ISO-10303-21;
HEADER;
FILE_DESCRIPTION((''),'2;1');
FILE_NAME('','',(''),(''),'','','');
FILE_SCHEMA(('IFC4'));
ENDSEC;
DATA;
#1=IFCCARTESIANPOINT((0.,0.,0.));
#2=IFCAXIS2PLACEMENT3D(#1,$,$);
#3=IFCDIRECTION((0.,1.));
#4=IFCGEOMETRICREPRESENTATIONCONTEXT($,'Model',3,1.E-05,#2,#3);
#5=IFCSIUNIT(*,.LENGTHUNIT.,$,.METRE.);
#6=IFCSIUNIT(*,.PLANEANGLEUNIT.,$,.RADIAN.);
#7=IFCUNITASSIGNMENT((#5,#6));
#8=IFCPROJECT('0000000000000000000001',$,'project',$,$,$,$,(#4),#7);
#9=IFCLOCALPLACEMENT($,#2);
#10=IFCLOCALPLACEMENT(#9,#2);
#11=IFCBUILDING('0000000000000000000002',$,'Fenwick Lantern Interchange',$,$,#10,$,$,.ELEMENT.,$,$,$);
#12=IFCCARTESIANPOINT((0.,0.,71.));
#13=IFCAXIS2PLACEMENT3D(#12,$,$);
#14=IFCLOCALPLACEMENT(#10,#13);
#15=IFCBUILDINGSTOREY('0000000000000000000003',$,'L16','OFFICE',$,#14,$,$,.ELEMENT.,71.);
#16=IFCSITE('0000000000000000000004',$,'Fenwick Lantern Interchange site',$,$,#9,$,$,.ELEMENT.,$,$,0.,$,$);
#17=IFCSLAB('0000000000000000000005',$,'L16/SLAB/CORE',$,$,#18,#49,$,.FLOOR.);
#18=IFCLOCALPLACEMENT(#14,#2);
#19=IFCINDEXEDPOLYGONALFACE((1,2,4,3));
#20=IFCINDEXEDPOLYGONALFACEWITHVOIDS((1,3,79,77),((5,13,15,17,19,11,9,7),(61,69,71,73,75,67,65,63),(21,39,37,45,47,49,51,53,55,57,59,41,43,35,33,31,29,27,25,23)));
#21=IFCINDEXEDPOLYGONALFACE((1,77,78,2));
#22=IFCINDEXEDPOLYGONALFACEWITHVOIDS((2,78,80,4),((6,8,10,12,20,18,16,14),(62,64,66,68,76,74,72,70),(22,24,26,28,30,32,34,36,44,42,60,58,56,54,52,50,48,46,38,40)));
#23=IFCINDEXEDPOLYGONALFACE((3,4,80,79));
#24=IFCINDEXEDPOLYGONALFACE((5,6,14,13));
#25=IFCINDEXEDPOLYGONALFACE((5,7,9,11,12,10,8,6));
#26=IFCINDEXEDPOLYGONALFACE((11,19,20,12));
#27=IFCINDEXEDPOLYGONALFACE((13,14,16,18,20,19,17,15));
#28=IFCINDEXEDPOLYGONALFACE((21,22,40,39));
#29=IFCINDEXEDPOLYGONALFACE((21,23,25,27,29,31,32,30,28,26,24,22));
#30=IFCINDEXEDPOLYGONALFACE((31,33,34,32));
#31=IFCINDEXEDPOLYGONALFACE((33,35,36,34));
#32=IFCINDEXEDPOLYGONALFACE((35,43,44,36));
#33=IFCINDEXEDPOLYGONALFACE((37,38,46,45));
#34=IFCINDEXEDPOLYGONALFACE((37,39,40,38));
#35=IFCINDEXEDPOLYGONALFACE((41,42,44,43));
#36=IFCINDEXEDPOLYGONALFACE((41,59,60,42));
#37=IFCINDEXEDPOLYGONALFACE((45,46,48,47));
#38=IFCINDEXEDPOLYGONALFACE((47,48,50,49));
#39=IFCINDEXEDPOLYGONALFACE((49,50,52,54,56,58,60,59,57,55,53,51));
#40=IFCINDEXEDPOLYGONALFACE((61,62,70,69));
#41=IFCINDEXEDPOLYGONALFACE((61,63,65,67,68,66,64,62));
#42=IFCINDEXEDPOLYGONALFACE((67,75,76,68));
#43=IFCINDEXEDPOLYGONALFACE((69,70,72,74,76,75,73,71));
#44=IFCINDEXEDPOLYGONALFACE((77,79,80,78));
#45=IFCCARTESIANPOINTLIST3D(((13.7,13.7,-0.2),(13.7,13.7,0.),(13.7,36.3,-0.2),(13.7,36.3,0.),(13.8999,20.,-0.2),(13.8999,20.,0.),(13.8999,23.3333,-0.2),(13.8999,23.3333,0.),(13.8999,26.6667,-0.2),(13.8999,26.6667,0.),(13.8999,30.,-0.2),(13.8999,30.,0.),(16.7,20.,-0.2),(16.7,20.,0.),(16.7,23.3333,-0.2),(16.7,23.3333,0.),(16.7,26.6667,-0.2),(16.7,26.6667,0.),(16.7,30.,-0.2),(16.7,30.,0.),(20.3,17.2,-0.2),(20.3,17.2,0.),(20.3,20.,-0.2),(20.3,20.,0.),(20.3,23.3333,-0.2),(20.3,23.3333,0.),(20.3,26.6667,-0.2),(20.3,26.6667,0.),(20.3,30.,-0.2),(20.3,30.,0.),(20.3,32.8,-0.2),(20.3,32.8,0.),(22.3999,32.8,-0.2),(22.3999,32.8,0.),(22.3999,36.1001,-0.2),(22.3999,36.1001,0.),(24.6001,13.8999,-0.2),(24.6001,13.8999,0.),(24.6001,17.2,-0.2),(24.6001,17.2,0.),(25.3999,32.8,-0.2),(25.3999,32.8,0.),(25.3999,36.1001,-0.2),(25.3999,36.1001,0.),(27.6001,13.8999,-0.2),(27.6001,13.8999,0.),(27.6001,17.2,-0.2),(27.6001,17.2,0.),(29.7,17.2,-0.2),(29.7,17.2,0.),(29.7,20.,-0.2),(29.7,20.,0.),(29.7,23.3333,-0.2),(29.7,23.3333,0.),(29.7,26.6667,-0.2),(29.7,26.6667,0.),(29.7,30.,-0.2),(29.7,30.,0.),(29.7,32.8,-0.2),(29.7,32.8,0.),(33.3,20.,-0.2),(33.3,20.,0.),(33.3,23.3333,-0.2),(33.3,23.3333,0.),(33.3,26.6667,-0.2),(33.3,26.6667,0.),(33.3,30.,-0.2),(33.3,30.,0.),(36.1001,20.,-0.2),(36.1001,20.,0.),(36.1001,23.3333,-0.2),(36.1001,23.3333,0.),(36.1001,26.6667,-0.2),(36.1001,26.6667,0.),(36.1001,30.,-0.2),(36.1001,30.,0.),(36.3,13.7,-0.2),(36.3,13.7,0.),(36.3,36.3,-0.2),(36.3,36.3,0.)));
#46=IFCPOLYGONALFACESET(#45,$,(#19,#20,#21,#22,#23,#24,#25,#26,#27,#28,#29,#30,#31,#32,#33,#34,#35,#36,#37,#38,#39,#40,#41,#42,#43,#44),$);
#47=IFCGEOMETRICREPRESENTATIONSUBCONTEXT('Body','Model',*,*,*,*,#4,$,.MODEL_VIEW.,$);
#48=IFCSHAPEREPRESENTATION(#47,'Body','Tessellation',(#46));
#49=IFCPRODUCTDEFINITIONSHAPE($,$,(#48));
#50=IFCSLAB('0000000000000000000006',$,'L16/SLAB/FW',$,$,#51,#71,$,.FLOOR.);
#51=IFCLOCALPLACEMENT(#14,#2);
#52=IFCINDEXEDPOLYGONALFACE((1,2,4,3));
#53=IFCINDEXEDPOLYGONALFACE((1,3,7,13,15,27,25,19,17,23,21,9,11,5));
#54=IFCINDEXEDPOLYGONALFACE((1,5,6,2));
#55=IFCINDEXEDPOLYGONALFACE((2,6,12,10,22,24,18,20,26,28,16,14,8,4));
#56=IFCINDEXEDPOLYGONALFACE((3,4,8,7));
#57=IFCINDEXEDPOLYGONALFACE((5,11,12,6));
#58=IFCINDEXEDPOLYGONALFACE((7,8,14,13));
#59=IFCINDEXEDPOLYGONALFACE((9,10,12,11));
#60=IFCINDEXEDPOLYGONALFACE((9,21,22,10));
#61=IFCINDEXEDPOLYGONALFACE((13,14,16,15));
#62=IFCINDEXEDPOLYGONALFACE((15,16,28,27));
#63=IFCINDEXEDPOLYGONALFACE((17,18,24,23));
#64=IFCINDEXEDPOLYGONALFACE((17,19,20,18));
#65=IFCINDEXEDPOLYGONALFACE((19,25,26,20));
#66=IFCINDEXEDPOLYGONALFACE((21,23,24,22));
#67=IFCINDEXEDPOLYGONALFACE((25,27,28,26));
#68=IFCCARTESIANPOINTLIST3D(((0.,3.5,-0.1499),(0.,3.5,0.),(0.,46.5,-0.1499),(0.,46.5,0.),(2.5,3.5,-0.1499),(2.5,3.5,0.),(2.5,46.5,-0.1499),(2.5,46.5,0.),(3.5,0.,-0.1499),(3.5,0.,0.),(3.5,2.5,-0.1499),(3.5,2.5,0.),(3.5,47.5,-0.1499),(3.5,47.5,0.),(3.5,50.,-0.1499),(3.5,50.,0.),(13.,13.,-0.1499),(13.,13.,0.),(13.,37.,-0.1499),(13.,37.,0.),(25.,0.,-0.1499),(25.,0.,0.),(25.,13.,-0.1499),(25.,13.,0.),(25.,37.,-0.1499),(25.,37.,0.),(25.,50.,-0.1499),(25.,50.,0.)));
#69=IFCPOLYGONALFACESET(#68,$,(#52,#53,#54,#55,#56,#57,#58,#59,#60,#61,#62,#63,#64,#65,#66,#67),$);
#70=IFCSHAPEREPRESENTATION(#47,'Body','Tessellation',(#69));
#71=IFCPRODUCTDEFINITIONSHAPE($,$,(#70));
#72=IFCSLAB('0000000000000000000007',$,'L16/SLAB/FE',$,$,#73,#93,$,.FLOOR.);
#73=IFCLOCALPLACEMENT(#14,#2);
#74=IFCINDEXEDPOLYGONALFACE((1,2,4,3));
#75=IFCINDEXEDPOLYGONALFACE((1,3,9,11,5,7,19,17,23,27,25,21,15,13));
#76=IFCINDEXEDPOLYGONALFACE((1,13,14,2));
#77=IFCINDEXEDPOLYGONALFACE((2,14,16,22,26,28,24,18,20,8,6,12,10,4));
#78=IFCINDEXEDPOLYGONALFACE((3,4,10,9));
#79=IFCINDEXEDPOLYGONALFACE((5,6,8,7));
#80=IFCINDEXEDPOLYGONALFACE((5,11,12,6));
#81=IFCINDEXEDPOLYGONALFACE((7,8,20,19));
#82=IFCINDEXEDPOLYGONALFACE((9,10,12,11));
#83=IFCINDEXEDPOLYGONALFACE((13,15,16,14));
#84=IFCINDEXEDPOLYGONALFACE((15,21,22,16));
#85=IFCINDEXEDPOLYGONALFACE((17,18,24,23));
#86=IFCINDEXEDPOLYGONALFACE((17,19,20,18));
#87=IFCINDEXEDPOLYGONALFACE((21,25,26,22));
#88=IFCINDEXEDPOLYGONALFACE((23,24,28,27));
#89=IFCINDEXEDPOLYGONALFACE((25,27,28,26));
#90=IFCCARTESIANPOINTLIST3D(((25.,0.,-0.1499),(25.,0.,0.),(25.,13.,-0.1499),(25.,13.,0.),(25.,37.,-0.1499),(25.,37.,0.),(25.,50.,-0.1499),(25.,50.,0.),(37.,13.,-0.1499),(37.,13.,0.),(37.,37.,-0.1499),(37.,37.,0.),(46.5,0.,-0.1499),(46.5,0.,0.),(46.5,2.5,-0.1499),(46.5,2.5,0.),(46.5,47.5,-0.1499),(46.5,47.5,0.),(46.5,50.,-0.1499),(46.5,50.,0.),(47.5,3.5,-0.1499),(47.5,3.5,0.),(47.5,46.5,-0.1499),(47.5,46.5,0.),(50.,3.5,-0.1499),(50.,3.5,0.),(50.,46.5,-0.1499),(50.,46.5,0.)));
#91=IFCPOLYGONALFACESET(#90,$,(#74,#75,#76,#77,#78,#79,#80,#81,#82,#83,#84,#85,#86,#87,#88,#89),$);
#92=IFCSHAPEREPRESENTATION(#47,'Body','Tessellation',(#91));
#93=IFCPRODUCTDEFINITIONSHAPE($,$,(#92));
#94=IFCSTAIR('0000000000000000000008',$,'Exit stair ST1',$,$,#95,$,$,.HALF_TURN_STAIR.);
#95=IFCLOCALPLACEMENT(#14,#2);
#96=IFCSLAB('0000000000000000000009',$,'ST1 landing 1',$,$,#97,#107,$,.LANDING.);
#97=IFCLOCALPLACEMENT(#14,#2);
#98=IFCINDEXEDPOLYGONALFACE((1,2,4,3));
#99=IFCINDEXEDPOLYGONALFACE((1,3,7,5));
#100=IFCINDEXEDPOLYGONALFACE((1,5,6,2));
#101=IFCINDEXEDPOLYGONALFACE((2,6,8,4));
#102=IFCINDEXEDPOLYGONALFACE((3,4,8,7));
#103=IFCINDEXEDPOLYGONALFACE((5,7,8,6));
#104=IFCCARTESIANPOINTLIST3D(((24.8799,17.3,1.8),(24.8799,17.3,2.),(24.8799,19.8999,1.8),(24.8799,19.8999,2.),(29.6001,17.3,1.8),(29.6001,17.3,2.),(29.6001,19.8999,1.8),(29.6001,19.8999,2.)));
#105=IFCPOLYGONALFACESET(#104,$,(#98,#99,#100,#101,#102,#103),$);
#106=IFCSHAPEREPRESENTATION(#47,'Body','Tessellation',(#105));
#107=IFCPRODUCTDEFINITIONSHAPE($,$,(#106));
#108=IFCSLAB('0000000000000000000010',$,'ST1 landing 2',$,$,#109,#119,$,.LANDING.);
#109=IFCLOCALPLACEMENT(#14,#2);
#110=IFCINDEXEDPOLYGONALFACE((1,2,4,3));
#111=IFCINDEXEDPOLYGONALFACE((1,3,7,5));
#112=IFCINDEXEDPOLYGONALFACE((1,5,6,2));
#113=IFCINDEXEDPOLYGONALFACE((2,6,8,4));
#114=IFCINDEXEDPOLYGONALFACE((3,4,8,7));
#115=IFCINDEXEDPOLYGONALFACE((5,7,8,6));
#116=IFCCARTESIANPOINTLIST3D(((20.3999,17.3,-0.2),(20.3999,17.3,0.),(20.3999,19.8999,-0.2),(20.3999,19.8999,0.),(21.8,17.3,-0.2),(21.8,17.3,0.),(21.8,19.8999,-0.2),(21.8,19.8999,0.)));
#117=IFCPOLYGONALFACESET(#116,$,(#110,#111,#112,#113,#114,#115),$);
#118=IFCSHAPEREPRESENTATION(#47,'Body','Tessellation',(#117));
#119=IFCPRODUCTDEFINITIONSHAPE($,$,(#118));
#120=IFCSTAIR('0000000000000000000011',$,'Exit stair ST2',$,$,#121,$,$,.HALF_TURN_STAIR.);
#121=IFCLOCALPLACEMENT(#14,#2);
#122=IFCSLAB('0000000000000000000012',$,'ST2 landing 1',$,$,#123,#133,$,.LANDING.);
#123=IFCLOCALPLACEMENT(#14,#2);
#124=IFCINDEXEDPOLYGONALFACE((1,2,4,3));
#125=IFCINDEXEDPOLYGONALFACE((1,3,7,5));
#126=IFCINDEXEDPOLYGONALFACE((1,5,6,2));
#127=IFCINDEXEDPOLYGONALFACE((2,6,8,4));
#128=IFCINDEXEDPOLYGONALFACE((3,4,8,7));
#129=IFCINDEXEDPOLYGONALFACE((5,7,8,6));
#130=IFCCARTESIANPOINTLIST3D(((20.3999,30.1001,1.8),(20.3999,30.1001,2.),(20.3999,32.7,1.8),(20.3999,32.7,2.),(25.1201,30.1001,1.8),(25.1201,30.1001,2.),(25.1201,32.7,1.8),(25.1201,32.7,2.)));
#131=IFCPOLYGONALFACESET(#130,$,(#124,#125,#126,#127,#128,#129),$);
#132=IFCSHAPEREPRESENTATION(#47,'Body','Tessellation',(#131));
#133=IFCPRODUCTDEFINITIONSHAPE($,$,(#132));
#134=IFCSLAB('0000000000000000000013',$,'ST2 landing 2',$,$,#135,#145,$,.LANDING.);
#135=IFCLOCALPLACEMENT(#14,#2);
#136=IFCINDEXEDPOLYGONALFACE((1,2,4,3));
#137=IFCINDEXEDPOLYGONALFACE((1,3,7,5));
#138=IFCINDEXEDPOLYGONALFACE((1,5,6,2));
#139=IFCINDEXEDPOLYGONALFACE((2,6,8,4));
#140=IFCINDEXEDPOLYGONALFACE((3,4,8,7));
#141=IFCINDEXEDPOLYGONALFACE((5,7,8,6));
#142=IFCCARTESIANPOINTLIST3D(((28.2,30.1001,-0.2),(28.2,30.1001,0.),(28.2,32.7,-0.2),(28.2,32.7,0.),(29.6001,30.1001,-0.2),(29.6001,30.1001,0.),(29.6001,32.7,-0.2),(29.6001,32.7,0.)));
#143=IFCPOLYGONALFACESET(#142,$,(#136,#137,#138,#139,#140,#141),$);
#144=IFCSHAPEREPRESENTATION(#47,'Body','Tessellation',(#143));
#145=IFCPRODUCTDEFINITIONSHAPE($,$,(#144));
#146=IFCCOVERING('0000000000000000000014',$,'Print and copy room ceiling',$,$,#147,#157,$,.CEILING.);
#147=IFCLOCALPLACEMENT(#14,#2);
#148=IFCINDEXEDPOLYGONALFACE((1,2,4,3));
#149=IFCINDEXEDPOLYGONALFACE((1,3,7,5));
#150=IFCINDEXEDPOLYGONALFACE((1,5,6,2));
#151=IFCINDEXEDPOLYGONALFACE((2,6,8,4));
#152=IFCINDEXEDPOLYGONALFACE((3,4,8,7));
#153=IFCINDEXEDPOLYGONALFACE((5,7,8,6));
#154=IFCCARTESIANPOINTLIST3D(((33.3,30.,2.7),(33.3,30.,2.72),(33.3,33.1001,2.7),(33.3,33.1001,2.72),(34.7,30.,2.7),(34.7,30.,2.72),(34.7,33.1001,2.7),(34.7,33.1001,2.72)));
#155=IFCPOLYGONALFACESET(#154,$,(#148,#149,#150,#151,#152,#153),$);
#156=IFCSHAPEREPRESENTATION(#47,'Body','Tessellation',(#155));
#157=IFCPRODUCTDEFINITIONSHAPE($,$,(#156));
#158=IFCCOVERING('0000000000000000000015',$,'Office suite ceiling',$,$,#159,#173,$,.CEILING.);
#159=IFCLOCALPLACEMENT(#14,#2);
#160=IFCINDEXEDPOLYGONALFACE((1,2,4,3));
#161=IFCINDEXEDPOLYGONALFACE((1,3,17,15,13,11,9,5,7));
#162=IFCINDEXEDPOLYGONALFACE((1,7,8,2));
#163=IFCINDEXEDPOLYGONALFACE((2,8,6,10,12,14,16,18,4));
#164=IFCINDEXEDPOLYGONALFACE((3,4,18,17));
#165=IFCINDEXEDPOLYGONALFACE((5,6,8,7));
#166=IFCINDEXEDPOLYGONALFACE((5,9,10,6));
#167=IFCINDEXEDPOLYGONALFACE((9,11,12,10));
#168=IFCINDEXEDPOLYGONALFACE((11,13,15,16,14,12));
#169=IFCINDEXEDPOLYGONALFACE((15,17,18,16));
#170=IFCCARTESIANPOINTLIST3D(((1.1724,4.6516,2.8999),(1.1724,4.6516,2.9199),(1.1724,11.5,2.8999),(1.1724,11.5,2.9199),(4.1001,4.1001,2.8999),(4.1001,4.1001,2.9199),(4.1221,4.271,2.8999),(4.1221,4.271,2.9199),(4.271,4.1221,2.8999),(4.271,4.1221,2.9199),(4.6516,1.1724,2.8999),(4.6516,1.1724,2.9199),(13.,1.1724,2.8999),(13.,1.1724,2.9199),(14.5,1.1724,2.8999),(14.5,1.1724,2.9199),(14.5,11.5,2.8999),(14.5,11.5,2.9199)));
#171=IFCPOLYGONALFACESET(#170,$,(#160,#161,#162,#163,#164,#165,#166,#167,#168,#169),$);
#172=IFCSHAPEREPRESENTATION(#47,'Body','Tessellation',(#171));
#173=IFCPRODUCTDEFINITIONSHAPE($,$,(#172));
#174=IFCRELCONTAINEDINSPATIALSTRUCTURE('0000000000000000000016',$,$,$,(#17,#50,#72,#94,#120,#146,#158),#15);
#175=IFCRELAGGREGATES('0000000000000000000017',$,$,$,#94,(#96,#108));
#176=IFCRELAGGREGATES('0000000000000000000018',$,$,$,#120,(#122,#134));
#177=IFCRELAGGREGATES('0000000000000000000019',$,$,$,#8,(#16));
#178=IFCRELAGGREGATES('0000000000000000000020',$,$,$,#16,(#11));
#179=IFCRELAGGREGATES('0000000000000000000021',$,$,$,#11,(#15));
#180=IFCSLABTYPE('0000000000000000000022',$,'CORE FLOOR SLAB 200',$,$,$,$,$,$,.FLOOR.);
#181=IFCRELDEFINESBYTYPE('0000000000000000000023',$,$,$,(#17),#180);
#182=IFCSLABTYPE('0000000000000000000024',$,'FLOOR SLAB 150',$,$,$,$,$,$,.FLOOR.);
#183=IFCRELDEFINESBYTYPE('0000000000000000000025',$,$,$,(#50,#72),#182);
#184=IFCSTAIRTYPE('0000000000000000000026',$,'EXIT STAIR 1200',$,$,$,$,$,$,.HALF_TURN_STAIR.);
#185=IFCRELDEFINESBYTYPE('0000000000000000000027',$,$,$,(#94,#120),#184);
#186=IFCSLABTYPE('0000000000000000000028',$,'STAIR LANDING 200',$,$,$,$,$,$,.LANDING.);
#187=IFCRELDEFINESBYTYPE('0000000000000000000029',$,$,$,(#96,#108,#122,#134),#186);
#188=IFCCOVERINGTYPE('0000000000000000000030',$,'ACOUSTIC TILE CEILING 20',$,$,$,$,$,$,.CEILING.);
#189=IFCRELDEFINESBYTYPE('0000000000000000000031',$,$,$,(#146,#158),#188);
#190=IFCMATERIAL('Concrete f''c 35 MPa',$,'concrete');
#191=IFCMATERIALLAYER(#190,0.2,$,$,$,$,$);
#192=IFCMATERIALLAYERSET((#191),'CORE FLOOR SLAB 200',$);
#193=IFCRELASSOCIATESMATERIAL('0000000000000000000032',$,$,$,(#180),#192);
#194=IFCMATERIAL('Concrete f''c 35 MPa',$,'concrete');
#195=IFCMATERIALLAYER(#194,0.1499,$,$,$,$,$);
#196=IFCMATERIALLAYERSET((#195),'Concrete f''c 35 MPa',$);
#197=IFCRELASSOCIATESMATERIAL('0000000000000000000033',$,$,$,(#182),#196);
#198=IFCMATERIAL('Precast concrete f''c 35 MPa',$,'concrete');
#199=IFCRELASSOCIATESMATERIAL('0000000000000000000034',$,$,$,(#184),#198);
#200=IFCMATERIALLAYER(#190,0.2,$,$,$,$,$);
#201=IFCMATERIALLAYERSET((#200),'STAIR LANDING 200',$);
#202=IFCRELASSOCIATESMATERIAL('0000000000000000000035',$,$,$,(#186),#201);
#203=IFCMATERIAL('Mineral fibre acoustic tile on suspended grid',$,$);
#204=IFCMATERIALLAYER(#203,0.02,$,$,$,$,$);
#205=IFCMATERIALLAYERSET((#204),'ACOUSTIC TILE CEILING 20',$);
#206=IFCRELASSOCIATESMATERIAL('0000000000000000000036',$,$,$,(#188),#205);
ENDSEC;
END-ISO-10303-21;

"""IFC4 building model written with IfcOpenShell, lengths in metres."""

from ifc_helpers import new_model, si_unit, direction, frame, origin, place, context, subcontext, project, spatial, polyline, outline, extrude, material, layer, layer_set, type_object, element, aggregate, save


model = new_model("IFC4")

# Units and contexts
model_context = context("Model", 3, precision=1e-05, world=origin(), true_north=direction((0.0, 1.0)))
body_context = subcontext(model_context, "Body", "Model", "MODEL_VIEW")
ifc_project = project(units=[si_unit("LENGTHUNIT", "METRE"), si_unit("PLANEANGLEUNIT", "RADIAN")], contexts=[model_context])

# Site, building, storey
site_placement = place(None, origin())
site = spatial("IfcSite", under=ifc_project, at=site_placement, Name="Fenwick Lantern Interchange site", CompositionType="ELEMENT", RefElevation=0.0)
building_placement = place(site_placement, origin())
building = spatial("IfcBuilding", under=site, at=building_placement, Name="Fenwick Lantern Interchange", CompositionType="ELEMENT")
storey_placement = place(building_placement, frame((0.0, 0.0, 71.0)))
storey = spatial("IfcBuildingStorey", under=building, at=storey_placement, Name="L16", Description="OFFICE", CompositionType="ELEMENT", Elevation=71.0)

# Slabs
ifc_material_1 = material(Name="Concrete f'c 35 MPa", Category="concrete")
ifc_layer_1 = layer(ifc_material_1, 0.2)
ifc_layer_set_1 = layer_set([ifc_layer_1], Name="CORE FLOOR SLAB 200")
slab_type_1 = type_object("IfcSlabType", Name="CORE FLOOR SLAB 200", PredefinedType="FLOOR", material=ifc_layer_set_1)
slab_1_placement = place(storey_placement, frame((0.0, 0.0, -0.2)))
element("IfcSlab", 1, at=slab_1_placement, inside=storey, type_object=slab_type_1, Name="L16/SLAB/CORE", PredefinedType="FLOOR", context=body_context, shape_type="SweptSolid", body=[
    extrude(outline(polyline([(13.7, 36.3), (36.3, 36.3), (36.3, 13.7), (13.7, 13.7), (13.7, 36.3)]), holes=[polyline([(13.8999, 20.0), (16.7, 20.0), (16.7, 23.3333), (16.7, 26.6667), (16.7, 30.0), (13.8999, 30.0), (13.8999, 26.6667), (13.8999, 23.3333), (13.8999, 20.0)]), polyline([(20.3, 20.0), (20.3, 17.2), (24.6001, 17.2), (24.6001, 13.8999), (27.6001, 13.8999), (27.6001, 17.2), (29.7, 17.2), (29.7, 20.0), (29.7, 23.3333), (29.7, 26.6667), (29.7, 30.0), (29.7, 32.8), (25.3999, 32.8), (25.3999, 36.1001), (22.3999, 36.1001), (22.3999, 32.8), (20.3, 32.8), (20.3, 30.0), (20.3, 26.6667), (20.3, 23.3333), (20.3, 20.0)]), polyline([(33.3, 23.3333), (33.3, 20.0), (36.1001, 20.0), (36.1001, 23.3333), (36.1001, 26.6667), (36.1001, 30.0), (33.3, 30.0), (33.3, 26.6667), (33.3, 23.3333)])]), origin(), (0.0, 0.0, 1.0), 0.2),
])
ifc_material_2 = material(Name="Concrete f'c 35 MPa", Category="concrete")
ifc_layer_2 = layer(ifc_material_2, 0.1499)
ifc_layer_set_2 = layer_set([ifc_layer_2], Name="Concrete f'c 35 MPa")
slab_type_2 = type_object("IfcSlabType", Name="FLOOR SLAB 150", PredefinedType="FLOOR", material=ifc_layer_set_2)
slab_2_placement = place(storey_placement, frame((0.0, 0.0, -0.1499)))
element("IfcSlab", 2, at=slab_2_placement, inside=storey, type_object=slab_type_2, Name="L16/SLAB/FW", PredefinedType="FLOOR", context=body_context, shape_type="SweptSolid", body=[
    extrude(outline(polyline([(3.5, 0.0), (3.5, 2.5), (2.5, 3.5), (0.0, 3.5), (0.0, 46.5), (2.5, 46.5), (3.5, 47.5), (3.5, 50.0), (25.0, 50.0), (25.0, 37.0), (13.0, 37.0), (13.0, 13.0), (25.0, 13.0), (25.0, 0.0), (3.5, 0.0)])), origin(), (0.0, 0.0, 1.0), 0.1499),
])
slab_3_placement = place(storey_placement, frame((0.0, 0.0, -0.1499)))
element("IfcSlab", 3, at=slab_3_placement, inside=storey, type_object=slab_type_2, Name="L16/SLAB/FE", PredefinedType="FLOOR", context=body_context, shape_type="SweptSolid", body=[
    extrude(outline(polyline([(46.5, 50.0), (46.5, 47.5), (47.5, 46.5), (50.0, 46.5), (50.0, 3.5), (47.5, 3.5), (46.5, 2.5), (46.5, 0.0), (25.0, 0.0), (25.0, 13.0), (37.0, 13.0), (37.0, 37.0), (25.0, 37.0), (25.0, 50.0), (46.5, 50.0)])), origin(), (0.0, 0.0, 1.0), 0.1499),
])

# Stairs, slabs
ifc_material_3 = material(Name="Precast concrete f'c 35 MPa", Category="concrete")
stair_type = type_object("IfcStairType", Name="EXIT STAIR 1200", PredefinedType="HALF_TURN_STAIR", material=ifc_material_3)
stair_1_placement = place(storey_placement, origin())
stair_1 = element("IfcStair", 4, at=stair_1_placement, inside=storey, type_object=stair_type, Name="Exit stair ST1", PredefinedType="HALF_TURN_STAIR")
ifc_layer_3 = layer(ifc_material_1, 0.2)
ifc_layer_set_3 = layer_set([ifc_layer_3], Name="STAIR LANDING 200")
slab_type_3 = type_object("IfcSlabType", Name="STAIR LANDING 200", PredefinedType="LANDING", material=ifc_layer_set_3)
slab_4_placement = place(storey_placement, frame((0.0, 0.0, 1.8)))
slab_4 = element("IfcSlab", 5, at=slab_4_placement, type_object=slab_type_3, Name="ST1 landing 1", PredefinedType="LANDING", context=body_context, shape_type="SweptSolid", body=[
    extrude(outline(polyline([(24.8799, 17.3), (29.6001, 17.3), (29.6001, 19.8999), (24.8799, 19.8999), (24.8799, 17.3)])), origin(), (0.0, 0.0, 1.0), 0.2),
])
slab_5_placement = place(storey_placement, frame((0.0, 0.0, -0.2)))
slab_5 = element("IfcSlab", 6, at=slab_5_placement, type_object=slab_type_3, Name="ST1 landing 2", PredefinedType="LANDING", context=body_context, shape_type="SweptSolid", body=[
    extrude(outline(polyline([(20.3999, 17.3), (21.8, 17.3), (21.8, 19.8999), (20.3999, 19.8999), (20.3999, 17.3)])), origin(), (0.0, 0.0, 1.0), 0.2),
])
aggregate(stair_1, [slab_4, slab_5])
stair_2_placement = place(storey_placement, origin())
stair_2 = element("IfcStair", 7, at=stair_2_placement, inside=storey, type_object=stair_type, Name="Exit stair ST2", PredefinedType="HALF_TURN_STAIR")
slab_6_placement = place(storey_placement, frame((0.0, 0.0, 1.8)))
slab_6 = element("IfcSlab", 8, at=slab_6_placement, type_object=slab_type_3, Name="ST2 landing 1", PredefinedType="LANDING", context=body_context, shape_type="SweptSolid", body=[
    extrude(outline(polyline([(25.1201, 32.7), (20.3999, 32.7), (20.3999, 30.1001), (25.1201, 30.1001), (25.1201, 32.7)])), origin(), (0.0, 0.0, 1.0), 0.2),
])
slab_7_placement = place(storey_placement, frame((0.0, 0.0, -0.2)))
slab_7 = element("IfcSlab", 9, at=slab_7_placement, type_object=slab_type_3, Name="ST2 landing 2", PredefinedType="LANDING", context=body_context, shape_type="SweptSolid", body=[
    extrude(outline(polyline([(29.6001, 32.7), (28.2, 32.7), (28.2, 30.1001), (29.6001, 30.1001), (29.6001, 32.7)])), origin(), (0.0, 0.0, 1.0), 0.2),
])
aggregate(stair_2, [slab_6, slab_7])

# Coverings
ifc_material_4 = material(Name="Mineral fibre acoustic tile on suspended grid")
ifc_layer_4 = layer(ifc_material_4, 0.02)
ifc_layer_set_4 = layer_set([ifc_layer_4], Name="ACOUSTIC TILE CEILING 20")
covering_type_1 = type_object("IfcCoveringType", Name="ACOUSTIC TILE CEILING 20", PredefinedType="CEILING", material=ifc_layer_set_4)
covering_1_placement = place(storey_placement, frame((0.0, 0.0, 2.7)))
element("IfcCovering", 10, at=covering_1_placement, inside=storey, type_object=covering_type_1, Name="Print and copy room ceiling", PredefinedType="CEILING", context=body_context, shape_type="SweptSolid", body=[
    extrude(outline(polyline([(34.7, 33.1001), (33.3, 33.1001), (33.3, 30.0), (34.7, 30.0), (34.7, 33.1001)])), origin(), (0.0, 0.0, 1.0), 0.02),
])
covering_2_placement = place(storey_placement, frame((0.0, 0.0, 2.8999)))
element("IfcCovering", 11, at=covering_2_placement, inside=storey, type_object=covering_type_1, Name="Office suite ceiling", PredefinedType="CEILING", context=body_context, shape_type="SweptSolid", body=[
    extrude(outline(polyline([(14.5, 11.5), (1.1724, 11.5), (1.1724, 4.6516), (4.1221, 4.271), (4.1001, 4.1001), (4.271, 4.1221), (4.6516, 1.1724), (13.0, 1.1724), (14.5, 1.1724), (14.5, 11.5)])), origin(), (0.0, 0.0, 1.0), 0.02),
])

save(model, "model.ifc")
